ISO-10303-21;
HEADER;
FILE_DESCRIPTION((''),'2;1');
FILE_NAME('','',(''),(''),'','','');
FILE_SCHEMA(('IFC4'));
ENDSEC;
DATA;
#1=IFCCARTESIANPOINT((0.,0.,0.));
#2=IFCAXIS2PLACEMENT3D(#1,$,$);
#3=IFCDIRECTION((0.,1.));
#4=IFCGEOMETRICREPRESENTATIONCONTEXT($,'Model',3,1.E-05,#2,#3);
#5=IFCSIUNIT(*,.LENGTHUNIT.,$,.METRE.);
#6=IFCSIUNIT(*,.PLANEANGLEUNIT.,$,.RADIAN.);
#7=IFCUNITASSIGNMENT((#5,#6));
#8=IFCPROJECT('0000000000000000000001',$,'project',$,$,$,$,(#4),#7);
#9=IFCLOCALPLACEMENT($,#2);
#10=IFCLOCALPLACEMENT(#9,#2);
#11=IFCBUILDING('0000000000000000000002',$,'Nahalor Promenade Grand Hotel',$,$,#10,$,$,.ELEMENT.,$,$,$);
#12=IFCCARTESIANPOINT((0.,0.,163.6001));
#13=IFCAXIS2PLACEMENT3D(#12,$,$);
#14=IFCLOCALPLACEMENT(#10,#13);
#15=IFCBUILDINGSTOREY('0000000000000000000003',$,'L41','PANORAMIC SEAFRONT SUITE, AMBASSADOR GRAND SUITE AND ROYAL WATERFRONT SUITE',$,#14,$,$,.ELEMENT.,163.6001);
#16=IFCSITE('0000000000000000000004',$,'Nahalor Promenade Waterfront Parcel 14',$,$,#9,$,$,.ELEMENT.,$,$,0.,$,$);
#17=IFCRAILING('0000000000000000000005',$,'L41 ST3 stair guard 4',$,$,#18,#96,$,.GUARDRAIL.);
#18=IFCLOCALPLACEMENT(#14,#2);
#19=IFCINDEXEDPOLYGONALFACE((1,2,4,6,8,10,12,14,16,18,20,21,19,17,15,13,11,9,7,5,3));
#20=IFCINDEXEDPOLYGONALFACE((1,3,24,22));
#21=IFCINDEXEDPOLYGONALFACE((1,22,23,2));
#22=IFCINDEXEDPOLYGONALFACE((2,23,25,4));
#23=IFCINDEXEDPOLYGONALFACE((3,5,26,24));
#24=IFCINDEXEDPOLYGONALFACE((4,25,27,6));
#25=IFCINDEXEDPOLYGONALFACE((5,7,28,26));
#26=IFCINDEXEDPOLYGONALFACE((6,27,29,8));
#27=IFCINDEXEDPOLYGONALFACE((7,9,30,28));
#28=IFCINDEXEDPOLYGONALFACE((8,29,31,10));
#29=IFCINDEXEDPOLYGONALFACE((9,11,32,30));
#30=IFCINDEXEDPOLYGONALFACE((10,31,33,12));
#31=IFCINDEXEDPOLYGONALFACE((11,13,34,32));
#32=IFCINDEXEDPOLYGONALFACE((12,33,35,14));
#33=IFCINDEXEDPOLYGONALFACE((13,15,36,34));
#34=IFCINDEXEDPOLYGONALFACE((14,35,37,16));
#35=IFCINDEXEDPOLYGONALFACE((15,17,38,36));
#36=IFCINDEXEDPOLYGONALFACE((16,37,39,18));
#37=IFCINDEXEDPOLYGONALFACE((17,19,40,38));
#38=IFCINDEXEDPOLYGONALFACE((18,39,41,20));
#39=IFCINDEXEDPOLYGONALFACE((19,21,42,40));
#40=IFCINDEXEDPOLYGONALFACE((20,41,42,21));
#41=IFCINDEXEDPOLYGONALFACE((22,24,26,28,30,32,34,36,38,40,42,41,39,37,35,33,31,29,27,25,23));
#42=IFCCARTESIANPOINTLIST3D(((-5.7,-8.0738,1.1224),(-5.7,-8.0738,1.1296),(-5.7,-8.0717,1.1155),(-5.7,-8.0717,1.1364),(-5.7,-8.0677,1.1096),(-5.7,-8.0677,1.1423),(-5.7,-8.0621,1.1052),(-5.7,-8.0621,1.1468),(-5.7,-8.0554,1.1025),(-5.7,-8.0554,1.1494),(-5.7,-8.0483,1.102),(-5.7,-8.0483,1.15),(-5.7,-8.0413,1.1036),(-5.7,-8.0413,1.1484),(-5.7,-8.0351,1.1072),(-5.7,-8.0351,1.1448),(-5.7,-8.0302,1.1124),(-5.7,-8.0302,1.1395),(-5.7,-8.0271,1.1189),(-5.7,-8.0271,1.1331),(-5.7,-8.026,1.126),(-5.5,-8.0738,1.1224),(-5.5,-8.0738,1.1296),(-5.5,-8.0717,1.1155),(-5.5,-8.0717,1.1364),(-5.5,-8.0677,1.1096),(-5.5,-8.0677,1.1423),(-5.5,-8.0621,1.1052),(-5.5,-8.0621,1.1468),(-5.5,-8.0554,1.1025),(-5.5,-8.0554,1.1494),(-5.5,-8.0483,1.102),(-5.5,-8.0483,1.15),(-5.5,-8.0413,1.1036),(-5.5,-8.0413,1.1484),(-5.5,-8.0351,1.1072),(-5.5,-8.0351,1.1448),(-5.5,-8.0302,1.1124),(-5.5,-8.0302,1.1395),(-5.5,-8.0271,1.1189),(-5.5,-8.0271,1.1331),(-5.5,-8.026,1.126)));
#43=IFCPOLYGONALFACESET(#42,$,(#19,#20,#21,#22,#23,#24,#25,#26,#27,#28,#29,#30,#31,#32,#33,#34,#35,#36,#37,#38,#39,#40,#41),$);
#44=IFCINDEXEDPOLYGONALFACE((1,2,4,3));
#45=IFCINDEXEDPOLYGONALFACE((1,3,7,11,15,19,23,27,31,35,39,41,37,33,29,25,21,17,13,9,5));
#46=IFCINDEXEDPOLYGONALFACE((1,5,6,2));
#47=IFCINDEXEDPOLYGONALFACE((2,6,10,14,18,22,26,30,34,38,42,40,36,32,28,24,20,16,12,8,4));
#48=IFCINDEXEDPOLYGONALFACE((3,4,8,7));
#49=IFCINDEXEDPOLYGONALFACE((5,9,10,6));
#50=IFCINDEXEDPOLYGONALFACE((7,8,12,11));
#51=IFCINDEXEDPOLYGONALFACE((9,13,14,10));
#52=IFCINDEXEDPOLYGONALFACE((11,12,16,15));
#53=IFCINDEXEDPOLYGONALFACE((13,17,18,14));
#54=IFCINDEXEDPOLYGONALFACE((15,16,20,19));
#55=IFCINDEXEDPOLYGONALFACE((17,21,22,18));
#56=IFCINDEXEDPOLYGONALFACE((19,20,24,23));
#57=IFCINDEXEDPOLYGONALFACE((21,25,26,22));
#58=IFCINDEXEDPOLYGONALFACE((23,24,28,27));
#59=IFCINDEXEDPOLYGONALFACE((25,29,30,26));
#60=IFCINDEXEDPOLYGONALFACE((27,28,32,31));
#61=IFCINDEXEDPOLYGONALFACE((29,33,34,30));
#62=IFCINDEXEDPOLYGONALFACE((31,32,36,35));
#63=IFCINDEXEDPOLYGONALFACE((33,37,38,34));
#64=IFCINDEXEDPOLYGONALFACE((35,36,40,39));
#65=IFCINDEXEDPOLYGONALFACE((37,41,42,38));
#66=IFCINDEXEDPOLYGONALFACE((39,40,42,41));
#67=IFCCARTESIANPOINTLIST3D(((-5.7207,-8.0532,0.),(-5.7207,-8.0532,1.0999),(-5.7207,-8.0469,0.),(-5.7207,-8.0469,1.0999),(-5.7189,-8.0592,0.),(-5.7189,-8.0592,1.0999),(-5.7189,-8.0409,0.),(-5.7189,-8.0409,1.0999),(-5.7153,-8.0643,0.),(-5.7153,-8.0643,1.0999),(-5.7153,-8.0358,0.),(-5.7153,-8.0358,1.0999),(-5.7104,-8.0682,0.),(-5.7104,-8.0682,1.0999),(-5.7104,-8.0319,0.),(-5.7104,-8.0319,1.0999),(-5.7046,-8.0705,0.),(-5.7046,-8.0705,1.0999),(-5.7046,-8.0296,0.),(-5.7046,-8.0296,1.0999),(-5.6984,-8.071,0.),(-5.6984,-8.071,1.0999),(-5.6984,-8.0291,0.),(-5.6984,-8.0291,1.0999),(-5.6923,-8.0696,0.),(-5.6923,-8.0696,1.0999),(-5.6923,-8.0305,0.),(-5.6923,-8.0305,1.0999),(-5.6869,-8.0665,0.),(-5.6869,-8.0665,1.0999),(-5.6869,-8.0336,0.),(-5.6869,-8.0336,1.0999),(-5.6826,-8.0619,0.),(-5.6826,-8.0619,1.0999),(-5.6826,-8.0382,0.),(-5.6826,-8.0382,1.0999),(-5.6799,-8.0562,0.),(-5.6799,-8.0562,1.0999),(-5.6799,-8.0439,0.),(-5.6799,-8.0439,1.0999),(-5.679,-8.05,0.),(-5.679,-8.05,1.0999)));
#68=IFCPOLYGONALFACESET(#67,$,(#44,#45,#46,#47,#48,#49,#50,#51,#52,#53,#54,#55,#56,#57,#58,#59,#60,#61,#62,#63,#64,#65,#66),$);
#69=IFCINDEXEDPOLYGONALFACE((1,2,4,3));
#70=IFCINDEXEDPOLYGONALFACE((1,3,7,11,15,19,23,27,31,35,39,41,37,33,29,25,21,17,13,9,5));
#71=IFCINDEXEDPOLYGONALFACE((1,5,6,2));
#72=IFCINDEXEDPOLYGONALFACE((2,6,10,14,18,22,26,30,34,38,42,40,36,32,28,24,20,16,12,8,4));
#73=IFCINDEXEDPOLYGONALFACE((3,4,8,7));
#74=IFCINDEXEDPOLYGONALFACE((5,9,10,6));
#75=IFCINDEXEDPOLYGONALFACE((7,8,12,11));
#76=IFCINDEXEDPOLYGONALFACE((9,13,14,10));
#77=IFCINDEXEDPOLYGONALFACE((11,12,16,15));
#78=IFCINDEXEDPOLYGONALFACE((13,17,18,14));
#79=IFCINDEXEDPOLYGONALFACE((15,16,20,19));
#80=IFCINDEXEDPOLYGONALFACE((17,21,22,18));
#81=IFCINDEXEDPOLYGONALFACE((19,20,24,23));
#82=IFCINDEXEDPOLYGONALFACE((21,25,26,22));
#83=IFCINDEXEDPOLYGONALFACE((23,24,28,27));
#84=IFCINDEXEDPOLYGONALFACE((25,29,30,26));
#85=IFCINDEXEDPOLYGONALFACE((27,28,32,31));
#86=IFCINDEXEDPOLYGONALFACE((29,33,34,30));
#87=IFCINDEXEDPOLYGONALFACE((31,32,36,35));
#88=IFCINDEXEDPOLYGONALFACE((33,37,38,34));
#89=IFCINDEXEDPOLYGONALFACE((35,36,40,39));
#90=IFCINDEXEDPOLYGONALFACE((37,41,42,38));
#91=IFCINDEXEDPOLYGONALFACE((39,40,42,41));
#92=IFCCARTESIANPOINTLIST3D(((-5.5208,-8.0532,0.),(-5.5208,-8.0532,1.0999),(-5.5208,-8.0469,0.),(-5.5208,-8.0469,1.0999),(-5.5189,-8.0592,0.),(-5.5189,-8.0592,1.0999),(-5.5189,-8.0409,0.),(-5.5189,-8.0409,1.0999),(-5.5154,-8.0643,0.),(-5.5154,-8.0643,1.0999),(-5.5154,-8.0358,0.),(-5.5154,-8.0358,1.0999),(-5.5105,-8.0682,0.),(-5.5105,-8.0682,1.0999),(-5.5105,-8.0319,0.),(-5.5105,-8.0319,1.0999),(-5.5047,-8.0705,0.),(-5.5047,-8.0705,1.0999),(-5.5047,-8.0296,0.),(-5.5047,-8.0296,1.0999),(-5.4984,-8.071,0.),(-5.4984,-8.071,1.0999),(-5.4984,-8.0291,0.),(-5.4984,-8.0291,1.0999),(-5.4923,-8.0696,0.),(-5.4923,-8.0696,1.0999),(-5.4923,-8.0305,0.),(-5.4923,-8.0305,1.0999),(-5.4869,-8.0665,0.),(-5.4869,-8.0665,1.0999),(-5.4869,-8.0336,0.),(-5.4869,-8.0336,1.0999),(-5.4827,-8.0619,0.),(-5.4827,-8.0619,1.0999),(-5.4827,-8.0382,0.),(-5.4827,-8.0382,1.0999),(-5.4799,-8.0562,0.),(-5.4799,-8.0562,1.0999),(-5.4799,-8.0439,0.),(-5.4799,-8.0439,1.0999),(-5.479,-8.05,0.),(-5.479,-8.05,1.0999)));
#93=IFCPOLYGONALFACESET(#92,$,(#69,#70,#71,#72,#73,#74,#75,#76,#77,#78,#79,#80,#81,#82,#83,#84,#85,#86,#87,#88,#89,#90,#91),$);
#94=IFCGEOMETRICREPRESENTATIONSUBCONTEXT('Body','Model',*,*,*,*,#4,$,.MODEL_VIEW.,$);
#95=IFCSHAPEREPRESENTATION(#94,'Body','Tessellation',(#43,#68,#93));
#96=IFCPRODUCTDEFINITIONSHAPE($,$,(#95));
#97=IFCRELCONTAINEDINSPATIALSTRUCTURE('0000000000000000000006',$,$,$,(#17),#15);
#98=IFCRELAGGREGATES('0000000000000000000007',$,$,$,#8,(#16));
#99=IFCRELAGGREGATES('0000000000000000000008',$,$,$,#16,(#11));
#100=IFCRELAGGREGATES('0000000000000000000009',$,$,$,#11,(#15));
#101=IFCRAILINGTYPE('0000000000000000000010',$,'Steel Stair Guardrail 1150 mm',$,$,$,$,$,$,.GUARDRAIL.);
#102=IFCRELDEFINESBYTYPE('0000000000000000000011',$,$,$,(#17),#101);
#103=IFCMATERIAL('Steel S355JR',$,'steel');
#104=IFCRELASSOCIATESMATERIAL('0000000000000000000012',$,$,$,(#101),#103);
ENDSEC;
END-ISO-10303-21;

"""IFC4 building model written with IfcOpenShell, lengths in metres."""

from ifc_helpers import new_model, si_unit, direction, frame, origin, origin_2d, place, context, subcontext, project, spatial, circle, extrude, material, type_object, element, save


model = new_model("IFC4")

# Units and contexts
model_context = context("Model", 3, precision=1e-05, world=origin(), true_north=direction((0.0, 1.0)))
body_context = subcontext(model_context, "Body", "Model", "MODEL_VIEW")
ifc_project = project(units=[si_unit("LENGTHUNIT", "METRE"), si_unit("PLANEANGLEUNIT", "RADIAN")], contexts=[model_context])

# Site, building, storey
site_placement = place(None, origin())
site = spatial("IfcSite", under=ifc_project, at=site_placement, Name="Nahalor Promenade Waterfront Parcel 14", CompositionType="ELEMENT", RefElevation=0.0)
building_placement = place(site_placement, origin())
building = spatial("IfcBuilding", under=site, at=building_placement, Name="Nahalor Promenade Grand Hotel", CompositionType="ELEMENT")
storey_placement = place(building_placement, frame((0.0, 0.0, 163.6001)))
storey = spatial("IfcBuildingStorey", under=building, at=storey_placement, Name="L41", Description="PANORAMIC SEAFRONT SUITE, AMBASSADOR GRAND SUITE AND ROYAL WATERFRONT SUITE", CompositionType="ELEMENT", Elevation=163.6001)

# Shared definitions
ifc_material_1 = material(Name="Steel S355JR", Category="steel")

# Railing
railing_type_1 = type_object("IfcRailingType", Name="Steel Stair Guardrail 1150 mm", PredefinedType="GUARDRAIL", material=ifc_material_1)
railing_1_placement = place(storey_placement, frame((-5.7, -8.05, 0.0)))
element("IfcRailing", 1, at=railing_1_placement, inside=storey, type_object=railing_type_1, Name="L41 ST3 stair guard 4", PredefinedType="GUARDRAIL", context=body_context, shape_type="SweptSolid", body=[
    extrude(circle(Radius=0.024, at=origin_2d()), frame((0.0, 0.0, 1.126), z_axis=(1.0, 0.0, 0.0), x_axis=(0.0, 1.0, 0.0)), (0.0, 0.0, 1.0), 0.2),
    extrude(circle(Radius=0.021, at=origin_2d()), origin(), (0.0, 0.0, 1.0), 1.0999),
    extrude(circle(Radius=0.021, at=origin_2d()), frame((0.2, 0.0, 0.0)), (0.0, 0.0, 1.0), 1.0999),
])

save(model, "model.ifc")
